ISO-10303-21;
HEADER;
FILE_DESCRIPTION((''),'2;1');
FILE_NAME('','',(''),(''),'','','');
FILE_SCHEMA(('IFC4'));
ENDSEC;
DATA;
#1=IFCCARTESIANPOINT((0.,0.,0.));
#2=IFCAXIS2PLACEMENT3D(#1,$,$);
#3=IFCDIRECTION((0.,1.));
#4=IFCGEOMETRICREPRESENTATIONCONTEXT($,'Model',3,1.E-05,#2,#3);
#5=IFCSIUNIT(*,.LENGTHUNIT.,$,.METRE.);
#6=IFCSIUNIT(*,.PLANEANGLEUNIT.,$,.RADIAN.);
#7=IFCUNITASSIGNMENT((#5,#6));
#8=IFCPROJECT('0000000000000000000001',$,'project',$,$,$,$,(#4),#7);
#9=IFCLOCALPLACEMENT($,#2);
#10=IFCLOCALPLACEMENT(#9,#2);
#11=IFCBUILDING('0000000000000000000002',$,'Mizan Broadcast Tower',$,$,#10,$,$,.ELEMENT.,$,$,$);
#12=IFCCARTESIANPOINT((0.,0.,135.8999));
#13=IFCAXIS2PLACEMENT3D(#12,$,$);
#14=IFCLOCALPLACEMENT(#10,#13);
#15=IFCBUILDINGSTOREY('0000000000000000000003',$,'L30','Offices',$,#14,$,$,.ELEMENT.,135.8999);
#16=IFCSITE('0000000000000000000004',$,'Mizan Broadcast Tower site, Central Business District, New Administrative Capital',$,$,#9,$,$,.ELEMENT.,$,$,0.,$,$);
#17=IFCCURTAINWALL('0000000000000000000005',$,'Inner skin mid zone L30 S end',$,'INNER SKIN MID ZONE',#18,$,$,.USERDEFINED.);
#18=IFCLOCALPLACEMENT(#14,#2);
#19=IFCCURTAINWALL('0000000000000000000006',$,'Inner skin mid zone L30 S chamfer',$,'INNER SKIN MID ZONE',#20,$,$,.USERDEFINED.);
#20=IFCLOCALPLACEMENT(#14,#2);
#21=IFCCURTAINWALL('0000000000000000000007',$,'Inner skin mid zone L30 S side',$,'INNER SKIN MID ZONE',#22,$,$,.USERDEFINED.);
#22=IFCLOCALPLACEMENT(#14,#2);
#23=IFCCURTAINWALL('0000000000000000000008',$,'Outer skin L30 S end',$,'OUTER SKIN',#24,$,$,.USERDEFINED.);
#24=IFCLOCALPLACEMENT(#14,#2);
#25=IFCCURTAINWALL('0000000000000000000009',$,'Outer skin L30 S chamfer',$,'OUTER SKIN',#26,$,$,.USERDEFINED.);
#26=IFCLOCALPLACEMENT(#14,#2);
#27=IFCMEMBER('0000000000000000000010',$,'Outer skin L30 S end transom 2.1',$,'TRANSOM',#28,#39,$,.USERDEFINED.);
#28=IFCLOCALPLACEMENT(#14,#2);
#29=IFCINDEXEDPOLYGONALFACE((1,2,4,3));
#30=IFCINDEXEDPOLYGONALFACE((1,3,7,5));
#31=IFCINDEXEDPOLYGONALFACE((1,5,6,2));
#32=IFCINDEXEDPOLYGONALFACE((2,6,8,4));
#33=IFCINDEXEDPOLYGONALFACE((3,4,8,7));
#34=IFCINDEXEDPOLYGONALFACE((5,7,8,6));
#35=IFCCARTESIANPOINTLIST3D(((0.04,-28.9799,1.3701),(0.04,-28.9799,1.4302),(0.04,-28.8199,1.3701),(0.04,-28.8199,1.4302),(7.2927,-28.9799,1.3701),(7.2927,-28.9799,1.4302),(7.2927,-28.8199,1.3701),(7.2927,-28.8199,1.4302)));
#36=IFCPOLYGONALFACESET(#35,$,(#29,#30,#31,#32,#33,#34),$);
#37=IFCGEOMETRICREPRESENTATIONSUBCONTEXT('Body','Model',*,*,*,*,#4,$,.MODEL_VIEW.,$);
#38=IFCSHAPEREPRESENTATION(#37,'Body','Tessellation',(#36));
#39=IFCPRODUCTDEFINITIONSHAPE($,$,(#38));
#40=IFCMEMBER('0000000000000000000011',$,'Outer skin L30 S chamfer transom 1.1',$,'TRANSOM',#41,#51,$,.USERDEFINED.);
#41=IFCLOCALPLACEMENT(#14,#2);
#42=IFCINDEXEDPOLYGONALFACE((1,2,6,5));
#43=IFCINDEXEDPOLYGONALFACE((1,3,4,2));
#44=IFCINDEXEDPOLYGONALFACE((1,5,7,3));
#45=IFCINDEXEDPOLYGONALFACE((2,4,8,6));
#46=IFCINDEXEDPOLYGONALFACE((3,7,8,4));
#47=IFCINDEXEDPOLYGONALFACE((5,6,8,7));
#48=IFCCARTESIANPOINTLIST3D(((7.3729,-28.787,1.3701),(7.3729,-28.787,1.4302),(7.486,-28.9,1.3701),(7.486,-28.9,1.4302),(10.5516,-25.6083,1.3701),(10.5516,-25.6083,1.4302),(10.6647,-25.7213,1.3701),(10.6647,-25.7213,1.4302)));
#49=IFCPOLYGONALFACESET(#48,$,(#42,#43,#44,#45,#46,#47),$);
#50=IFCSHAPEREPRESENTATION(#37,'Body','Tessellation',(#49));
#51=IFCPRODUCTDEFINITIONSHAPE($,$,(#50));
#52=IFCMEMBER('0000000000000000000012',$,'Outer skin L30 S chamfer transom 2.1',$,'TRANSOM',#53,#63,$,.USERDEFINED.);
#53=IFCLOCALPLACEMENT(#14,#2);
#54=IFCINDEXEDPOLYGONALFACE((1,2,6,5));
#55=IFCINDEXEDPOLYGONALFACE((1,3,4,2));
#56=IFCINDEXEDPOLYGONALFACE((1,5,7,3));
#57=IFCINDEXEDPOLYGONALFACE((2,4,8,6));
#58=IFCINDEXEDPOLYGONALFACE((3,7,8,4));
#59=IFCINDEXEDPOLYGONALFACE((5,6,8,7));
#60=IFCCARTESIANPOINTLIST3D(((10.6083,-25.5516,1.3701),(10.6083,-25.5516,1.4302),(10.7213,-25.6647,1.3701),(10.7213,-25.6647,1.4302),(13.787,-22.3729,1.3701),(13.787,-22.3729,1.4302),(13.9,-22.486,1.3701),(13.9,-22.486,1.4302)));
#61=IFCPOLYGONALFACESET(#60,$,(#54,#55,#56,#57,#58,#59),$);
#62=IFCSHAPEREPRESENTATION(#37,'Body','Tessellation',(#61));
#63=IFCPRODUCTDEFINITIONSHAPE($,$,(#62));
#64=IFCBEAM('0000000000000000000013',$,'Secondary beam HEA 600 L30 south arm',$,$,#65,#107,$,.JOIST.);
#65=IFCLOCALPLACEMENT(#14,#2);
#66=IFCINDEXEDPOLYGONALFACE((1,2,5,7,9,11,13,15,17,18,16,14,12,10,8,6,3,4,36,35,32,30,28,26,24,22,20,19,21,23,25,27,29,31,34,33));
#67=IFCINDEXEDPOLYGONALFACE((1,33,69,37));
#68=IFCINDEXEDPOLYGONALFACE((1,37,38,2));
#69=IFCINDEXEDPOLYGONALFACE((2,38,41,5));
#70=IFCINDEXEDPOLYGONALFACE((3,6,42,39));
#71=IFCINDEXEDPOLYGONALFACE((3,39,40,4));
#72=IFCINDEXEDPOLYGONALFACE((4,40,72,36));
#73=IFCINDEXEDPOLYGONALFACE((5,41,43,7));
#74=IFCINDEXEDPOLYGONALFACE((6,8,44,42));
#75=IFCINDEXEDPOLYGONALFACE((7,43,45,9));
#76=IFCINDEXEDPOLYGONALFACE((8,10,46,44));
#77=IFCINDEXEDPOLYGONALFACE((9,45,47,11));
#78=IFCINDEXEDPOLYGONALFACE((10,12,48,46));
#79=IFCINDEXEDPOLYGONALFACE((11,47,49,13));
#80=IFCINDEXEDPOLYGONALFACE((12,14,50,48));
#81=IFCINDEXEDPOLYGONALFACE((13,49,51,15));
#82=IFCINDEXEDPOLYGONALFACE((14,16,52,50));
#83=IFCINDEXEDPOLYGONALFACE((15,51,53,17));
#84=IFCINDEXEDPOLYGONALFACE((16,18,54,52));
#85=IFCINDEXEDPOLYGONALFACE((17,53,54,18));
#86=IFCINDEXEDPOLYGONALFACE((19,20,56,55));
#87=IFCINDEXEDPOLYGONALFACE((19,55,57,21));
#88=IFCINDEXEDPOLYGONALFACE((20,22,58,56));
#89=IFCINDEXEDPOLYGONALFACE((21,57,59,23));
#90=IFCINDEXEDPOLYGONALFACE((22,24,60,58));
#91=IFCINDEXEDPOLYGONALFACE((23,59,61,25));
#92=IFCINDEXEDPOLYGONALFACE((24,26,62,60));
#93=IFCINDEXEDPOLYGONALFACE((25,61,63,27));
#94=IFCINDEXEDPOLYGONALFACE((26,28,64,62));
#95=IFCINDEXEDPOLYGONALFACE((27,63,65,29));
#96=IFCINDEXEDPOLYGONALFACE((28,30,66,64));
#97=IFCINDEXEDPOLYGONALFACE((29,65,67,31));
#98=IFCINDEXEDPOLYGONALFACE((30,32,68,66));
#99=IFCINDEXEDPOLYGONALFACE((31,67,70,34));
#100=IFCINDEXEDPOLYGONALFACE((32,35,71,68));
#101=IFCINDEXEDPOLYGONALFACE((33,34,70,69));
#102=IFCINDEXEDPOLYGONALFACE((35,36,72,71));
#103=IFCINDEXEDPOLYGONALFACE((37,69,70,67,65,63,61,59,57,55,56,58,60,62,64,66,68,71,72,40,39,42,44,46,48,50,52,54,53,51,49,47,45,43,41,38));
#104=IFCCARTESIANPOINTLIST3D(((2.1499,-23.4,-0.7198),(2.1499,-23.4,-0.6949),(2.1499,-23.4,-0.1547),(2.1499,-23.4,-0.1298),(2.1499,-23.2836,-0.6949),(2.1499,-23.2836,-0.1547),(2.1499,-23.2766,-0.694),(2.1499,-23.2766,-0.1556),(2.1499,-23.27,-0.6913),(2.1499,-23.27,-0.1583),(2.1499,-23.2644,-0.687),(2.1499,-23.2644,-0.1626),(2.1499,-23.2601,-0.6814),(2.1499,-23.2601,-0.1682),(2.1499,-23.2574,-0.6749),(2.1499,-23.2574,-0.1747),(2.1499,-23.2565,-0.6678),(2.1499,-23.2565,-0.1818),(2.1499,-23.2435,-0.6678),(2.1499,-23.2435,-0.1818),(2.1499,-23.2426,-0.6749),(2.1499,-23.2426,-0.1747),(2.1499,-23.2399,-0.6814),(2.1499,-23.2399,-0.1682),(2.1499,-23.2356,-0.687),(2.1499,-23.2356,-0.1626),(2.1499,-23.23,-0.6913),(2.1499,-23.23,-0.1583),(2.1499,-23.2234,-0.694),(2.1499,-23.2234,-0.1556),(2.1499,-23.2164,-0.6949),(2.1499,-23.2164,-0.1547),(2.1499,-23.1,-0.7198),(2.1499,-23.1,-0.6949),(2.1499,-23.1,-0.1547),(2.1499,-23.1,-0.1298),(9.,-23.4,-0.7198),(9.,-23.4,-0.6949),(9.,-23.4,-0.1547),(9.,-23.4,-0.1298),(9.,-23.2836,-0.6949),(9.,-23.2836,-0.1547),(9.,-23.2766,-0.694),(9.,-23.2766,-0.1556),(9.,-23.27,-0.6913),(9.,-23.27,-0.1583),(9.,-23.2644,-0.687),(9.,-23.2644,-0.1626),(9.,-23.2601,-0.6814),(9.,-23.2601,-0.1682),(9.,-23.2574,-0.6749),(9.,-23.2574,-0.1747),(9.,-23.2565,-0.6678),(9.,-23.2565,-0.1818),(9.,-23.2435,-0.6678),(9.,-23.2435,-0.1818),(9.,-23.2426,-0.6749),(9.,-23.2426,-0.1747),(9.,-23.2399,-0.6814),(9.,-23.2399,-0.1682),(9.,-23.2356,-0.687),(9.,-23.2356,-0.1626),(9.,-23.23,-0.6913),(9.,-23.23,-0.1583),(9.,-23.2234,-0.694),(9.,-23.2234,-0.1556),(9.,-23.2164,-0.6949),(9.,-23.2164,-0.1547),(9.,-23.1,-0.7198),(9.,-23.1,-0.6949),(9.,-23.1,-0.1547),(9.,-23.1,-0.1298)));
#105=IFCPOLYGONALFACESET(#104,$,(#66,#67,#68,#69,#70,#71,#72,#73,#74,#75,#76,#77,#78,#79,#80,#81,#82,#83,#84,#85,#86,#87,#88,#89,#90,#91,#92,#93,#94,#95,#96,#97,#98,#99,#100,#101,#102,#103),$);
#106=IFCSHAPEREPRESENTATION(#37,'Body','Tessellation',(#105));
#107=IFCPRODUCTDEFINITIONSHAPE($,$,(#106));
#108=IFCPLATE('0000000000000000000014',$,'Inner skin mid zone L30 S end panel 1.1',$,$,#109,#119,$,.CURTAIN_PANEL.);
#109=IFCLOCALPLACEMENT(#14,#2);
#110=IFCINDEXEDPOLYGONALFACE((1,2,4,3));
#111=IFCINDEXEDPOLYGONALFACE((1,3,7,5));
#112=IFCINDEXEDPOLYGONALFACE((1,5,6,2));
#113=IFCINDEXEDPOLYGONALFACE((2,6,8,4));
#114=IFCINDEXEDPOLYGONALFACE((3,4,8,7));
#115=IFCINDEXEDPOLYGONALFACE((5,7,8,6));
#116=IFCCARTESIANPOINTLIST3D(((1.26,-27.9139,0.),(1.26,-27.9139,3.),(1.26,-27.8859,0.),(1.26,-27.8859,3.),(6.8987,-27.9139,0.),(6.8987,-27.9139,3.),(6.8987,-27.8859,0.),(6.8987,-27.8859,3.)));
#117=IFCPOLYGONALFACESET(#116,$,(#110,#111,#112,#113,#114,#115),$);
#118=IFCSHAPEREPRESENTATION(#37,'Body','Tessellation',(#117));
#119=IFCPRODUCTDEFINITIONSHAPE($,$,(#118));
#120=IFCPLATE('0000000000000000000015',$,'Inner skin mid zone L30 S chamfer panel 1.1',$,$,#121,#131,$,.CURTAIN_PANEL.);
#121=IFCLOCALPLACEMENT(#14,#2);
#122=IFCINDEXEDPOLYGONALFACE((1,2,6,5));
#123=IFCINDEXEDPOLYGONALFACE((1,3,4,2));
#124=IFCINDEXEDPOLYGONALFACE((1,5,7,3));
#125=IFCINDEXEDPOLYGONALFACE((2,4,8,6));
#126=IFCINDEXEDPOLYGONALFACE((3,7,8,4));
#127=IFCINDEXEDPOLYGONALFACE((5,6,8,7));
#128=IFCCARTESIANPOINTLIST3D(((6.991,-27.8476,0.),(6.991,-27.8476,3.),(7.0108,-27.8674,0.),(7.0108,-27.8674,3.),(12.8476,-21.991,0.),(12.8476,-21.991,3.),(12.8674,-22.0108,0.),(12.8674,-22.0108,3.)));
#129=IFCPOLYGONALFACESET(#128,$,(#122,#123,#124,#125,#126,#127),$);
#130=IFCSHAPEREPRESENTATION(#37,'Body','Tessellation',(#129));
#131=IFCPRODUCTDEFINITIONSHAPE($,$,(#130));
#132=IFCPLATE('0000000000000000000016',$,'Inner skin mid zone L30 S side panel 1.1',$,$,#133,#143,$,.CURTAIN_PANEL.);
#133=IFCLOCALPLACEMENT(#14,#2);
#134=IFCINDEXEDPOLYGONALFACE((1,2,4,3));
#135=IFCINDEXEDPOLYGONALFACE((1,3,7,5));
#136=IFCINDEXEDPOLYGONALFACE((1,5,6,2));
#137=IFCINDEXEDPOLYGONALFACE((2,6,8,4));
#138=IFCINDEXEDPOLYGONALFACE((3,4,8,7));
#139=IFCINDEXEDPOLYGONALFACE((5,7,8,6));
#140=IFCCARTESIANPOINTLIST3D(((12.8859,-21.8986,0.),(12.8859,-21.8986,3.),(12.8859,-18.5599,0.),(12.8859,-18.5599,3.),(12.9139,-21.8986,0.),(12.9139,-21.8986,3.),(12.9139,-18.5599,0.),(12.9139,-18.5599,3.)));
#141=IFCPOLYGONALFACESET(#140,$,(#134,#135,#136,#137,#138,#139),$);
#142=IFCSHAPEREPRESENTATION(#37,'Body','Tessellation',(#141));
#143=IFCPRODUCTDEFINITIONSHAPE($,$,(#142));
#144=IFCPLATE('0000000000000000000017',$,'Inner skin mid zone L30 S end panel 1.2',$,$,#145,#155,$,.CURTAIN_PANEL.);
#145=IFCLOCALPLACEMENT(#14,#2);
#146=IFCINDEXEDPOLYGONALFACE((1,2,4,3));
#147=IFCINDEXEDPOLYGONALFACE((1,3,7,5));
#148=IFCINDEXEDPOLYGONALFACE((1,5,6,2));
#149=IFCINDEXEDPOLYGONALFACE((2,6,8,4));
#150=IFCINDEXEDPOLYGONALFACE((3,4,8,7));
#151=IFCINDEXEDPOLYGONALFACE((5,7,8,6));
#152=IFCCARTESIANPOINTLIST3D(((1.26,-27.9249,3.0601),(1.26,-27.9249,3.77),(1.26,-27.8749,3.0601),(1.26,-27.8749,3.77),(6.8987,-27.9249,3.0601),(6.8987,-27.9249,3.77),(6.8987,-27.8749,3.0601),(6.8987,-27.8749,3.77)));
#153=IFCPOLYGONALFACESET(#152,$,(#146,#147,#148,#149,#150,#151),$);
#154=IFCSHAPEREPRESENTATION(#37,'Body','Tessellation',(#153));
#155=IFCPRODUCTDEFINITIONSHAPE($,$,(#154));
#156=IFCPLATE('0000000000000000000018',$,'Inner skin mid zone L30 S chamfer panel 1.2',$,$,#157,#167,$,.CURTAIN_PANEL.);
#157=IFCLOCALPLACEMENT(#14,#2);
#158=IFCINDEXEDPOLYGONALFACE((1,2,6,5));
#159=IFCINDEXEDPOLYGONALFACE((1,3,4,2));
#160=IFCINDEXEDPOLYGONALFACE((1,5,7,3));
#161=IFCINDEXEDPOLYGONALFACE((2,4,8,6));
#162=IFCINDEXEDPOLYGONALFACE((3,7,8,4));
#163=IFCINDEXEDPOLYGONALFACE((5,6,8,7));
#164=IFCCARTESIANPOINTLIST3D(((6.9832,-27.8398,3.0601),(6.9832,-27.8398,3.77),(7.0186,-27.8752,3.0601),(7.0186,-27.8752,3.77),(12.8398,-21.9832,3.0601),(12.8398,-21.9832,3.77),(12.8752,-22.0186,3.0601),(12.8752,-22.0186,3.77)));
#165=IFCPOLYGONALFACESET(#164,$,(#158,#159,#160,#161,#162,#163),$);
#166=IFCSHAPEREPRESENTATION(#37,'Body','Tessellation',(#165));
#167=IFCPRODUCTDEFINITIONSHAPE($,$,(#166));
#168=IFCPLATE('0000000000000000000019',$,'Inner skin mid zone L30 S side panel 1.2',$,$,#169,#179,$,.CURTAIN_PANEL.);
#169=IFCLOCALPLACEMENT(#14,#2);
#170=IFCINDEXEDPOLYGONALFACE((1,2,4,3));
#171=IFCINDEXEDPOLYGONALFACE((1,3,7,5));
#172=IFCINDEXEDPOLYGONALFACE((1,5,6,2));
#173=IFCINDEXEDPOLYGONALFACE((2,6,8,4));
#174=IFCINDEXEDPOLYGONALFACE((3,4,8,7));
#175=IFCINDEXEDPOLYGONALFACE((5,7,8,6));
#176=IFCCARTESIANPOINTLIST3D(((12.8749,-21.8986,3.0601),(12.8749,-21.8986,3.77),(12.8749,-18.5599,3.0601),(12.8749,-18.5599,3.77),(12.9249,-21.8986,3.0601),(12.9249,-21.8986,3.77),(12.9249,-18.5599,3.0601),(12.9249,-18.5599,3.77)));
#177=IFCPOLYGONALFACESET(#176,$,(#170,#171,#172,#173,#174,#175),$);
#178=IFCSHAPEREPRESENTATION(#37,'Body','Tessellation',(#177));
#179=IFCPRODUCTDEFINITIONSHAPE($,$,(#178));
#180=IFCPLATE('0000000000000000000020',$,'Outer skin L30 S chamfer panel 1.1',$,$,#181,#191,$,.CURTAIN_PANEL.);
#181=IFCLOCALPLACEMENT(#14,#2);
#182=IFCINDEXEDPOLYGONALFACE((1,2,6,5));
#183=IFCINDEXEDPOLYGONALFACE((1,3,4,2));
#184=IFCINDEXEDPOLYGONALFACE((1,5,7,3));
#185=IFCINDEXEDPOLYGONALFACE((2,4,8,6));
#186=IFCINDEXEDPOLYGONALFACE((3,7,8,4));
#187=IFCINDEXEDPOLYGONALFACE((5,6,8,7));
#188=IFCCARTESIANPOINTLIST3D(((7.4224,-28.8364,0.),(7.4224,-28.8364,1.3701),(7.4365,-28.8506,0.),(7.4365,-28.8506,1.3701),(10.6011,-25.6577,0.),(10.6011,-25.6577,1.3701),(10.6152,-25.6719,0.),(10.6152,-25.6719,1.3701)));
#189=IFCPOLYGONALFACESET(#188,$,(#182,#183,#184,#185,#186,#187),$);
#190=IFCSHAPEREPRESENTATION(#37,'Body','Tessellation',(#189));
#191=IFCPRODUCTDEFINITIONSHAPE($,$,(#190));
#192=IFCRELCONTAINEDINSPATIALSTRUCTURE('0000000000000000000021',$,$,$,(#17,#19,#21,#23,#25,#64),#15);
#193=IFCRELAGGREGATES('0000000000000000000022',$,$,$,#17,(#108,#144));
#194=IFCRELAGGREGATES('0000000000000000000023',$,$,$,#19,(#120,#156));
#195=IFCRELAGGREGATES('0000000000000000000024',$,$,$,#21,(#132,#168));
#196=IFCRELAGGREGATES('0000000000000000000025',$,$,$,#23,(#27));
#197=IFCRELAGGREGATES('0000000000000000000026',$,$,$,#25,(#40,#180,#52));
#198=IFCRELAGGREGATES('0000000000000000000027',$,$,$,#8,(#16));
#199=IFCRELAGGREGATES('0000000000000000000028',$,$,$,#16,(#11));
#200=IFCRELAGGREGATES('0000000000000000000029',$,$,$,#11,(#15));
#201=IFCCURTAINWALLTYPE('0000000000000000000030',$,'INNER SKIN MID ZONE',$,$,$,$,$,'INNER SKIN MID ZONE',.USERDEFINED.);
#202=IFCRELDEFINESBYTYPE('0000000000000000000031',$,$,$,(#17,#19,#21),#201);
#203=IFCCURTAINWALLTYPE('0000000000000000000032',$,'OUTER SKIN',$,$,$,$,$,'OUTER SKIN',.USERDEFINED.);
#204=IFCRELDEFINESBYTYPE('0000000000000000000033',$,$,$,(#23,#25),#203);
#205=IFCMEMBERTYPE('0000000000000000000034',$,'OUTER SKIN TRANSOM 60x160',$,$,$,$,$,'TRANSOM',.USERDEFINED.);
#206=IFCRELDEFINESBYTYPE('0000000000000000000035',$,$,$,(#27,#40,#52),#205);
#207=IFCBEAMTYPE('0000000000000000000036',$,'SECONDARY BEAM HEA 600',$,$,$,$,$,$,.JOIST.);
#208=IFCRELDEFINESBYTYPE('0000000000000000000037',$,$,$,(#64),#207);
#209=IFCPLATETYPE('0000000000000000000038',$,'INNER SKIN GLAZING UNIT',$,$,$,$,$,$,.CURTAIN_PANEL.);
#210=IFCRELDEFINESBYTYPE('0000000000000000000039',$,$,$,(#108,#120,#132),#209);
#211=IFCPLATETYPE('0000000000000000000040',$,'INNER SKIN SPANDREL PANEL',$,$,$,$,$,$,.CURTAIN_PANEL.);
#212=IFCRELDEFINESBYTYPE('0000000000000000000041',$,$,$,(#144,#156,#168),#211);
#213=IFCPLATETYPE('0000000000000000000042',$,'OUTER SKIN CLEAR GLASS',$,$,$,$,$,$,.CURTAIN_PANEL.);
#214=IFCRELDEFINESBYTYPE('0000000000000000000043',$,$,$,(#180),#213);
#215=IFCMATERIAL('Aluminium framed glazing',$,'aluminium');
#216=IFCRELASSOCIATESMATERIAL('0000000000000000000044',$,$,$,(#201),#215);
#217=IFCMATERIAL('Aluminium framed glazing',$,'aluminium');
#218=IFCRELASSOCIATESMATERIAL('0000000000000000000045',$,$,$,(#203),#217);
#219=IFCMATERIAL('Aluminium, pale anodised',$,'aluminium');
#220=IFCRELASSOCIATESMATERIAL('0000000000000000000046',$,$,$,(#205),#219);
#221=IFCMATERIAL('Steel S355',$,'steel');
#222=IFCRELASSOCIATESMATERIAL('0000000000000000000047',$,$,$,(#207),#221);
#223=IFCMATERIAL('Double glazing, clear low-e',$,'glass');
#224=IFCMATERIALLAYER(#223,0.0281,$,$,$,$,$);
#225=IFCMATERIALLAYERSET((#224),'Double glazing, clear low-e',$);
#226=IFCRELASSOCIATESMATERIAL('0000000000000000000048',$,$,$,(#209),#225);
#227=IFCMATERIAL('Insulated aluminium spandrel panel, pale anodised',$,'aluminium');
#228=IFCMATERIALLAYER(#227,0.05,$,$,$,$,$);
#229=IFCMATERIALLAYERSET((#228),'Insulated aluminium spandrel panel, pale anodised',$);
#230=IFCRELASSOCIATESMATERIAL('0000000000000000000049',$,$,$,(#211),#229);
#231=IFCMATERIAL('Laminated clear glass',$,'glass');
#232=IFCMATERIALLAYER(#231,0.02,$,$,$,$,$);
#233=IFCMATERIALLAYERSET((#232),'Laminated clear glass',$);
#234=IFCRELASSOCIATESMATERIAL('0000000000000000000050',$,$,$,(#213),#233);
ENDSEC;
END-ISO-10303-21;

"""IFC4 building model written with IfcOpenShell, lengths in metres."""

from ifc_helpers import new_model, si_unit, direction, frame, origin, origin_2d, place, context, subcontext, project, spatial, rectangle, i_section, extrude, material, layer, layer_set, material_profile, profile_set, type_object, element, aggregate, save


model = new_model("IFC4")

# Units and contexts
model_context = context("Model", 3, precision=1e-05, world=origin(), true_north=direction((0.0, 1.0)))
body_context = subcontext(model_context, "Body", "Model", "MODEL_VIEW")
ifc_project = project(units=[si_unit("LENGTHUNIT", "METRE"), si_unit("PLANEANGLEUNIT", "RADIAN")], contexts=[model_context])

# Site, building, storey
site_placement = place(None, origin())
site = spatial("IfcSite", under=ifc_project, at=site_placement, Name="Mizan Broadcast Tower site, Central Business District, New Administrative Capital", CompositionType="ELEMENT", RefElevation=0.0)
building_placement = place(site_placement, origin())
building = spatial("IfcBuilding", under=site, at=building_placement, Name="Mizan Broadcast Tower", CompositionType="ELEMENT")
storey_placement = place(building_placement, frame((0.0, 0.0, 135.8999)))
storey = spatial("IfcBuildingStorey", under=building, at=storey_placement, Name="L30", Description="Offices", CompositionType="ELEMENT", Elevation=135.8999)

# Curtain wall
ifc_material_1 = material(Name="Aluminium framed glazing", Category="aluminium")
curtain_wall_type_1 = type_object("IfcCurtainWallType", Name="INNER SKIN MID ZONE", ElementType="INNER SKIN MID ZONE", PredefinedType="USERDEFINED", material=ifc_material_1)
curtain_wall_1_placement = place(storey_placement, origin())
curtain_wall_1 = element("IfcCurtainWall", 1, at=curtain_wall_1_placement, inside=storey, type_object=curtain_wall_type_1, Name="Inner skin mid zone L30 S end", ObjectType="INNER SKIN MID ZONE", PredefinedType="USERDEFINED")

# Curtain wall
curtain_wall_2_placement = place(storey_placement, origin())
curtain_wall_2 = element("IfcCurtainWall", 2, at=curtain_wall_2_placement, inside=storey, type_object=curtain_wall_type_1, Name="Inner skin mid zone L30 S chamfer", ObjectType="INNER SKIN MID ZONE", PredefinedType="USERDEFINED")

# Curtain wall
curtain_wall_3_placement = place(storey_placement, origin())
curtain_wall_3 = element("IfcCurtainWall", 3, at=curtain_wall_3_placement, inside=storey, type_object=curtain_wall_type_1, Name="Inner skin mid zone L30 S side", ObjectType="INNER SKIN MID ZONE", PredefinedType="USERDEFINED")

# Curtain wall
ifc_material_2 = material(Name="Aluminium framed glazing", Category="aluminium")
curtain_wall_type_2 = type_object("IfcCurtainWallType", Name="OUTER SKIN", ElementType="OUTER SKIN", PredefinedType="USERDEFINED", material=ifc_material_2)
curtain_wall_4_placement = place(storey_placement, origin())
curtain_wall_4 = element("IfcCurtainWall", 4, at=curtain_wall_4_placement, inside=storey, type_object=curtain_wall_type_2, Name="Outer skin L30 S end", ObjectType="OUTER SKIN", PredefinedType="USERDEFINED")

# Curtain wall
curtain_wall_5_placement = place(storey_placement, origin())
curtain_wall_5 = element("IfcCurtainWall", 5, at=curtain_wall_5_placement, inside=storey, type_object=curtain_wall_type_2, Name="Outer skin L30 S chamfer", ObjectType="OUTER SKIN", PredefinedType="USERDEFINED")

# Members
ifc_material_3 = material(Name="Aluminium, pale anodised", Category="aluminium")
ifc_material_profile_1 = material_profile(ifc_material_3, rectangle(XDim=0.1599, YDim=0.0601, at=origin_2d()), Name="TRANSOM 160x60")
ifc_profile_set_1 = profile_set([ifc_material_profile_1], Name="Aluminium, pale anodised")
member_type_1 = type_object("IfcMemberType", Name="OUTER SKIN TRANSOM 60x160", ElementType="TRANSOM", PredefinedType="USERDEFINED", material=ifc_profile_set_1)
member_1_placement = place(storey_placement, frame((0.04, -28.8999, 1.4001), z_axis=(1.0, 0.0, 0.0), x_axis=(0.0, 1.0, 0.0)))
member_1 = element("IfcMember", 6, at=member_1_placement, type_object=member_type_1, Name="Outer skin L30 S end transom 2.1", ObjectType="TRANSOM", PredefinedType="USERDEFINED", context=body_context, shape_type="SweptSolid", body=[
    extrude(rectangle(XDim=0.1599, YDim=0.0601, at=origin_2d()), origin(), (0.0, 0.0, 1.0), 7.2527),
])
member_2_placement = place(storey_placement, frame((7.4294, -28.8435, 1.4001), z_axis=(0.707107, 0.707107, 0.0), x_axis=(-0.707107, 0.707107, 0.0)))
member_2 = element("IfcMember", 7, at=member_2_placement, type_object=member_type_1, Name="Outer skin L30 S chamfer transom 1.1", ObjectType="TRANSOM", PredefinedType="USERDEFINED", context=body_context, shape_type="SweptSolid", body=[
    extrude(rectangle(XDim=0.1599, YDim=0.0601, at=origin_2d()), origin(), (0.0, 0.0, 1.0), 4.4954),
])
member_3_placement = place(storey_placement, frame((10.6648, -25.6082, 1.4001), z_axis=(0.707107, 0.707107, 0.0), x_axis=(-0.707107, 0.707107, 0.0)))
member_3 = element("IfcMember", 8, at=member_3_placement, type_object=member_type_1, Name="Outer skin L30 S chamfer transom 2.1", ObjectType="TRANSOM", PredefinedType="USERDEFINED", context=body_context, shape_type="SweptSolid", body=[
    extrude(rectangle(XDim=0.1599, YDim=0.0601, at=origin_2d()), origin(), (0.0, 0.0, 1.0), 4.4954),
])

# Beam
ifc_material_4 = material(Name="Steel S355", Category="steel")
ifc_material_profile_2 = material_profile(ifc_material_4, i_section(OverallWidth=0.3, OverallDepth=0.5901, WebThickness=0.0129, FlangeThickness=0.0249, FilletRadius=0.0271, at=origin_2d()), Name="HEA 600")
ifc_profile_set_2 = profile_set([ifc_material_profile_2], Name="Steel S355")
beam_type_1 = type_object("IfcBeamType", Name="SECONDARY BEAM HEA 600", PredefinedType="JOIST", material=ifc_profile_set_2)
beam_1_placement = place(storey_placement, frame((9.0, -23.25, -0.4248), z_axis=(-1.0, 0.0, 0.0), x_axis=(0.0, -1.0, 0.0)))
element("IfcBeam", 9, at=beam_1_placement, inside=storey, type_object=beam_type_1, Name="Secondary beam HEA 600 L30 south arm", PredefinedType="JOIST", context=body_context, shape_type="SweptSolid", body=[
    extrude(i_section(OverallWidth=0.3, OverallDepth=0.5901, WebThickness=0.0129, FlangeThickness=0.0249, FilletRadius=0.0271, at=origin_2d()), origin(), (0.0, 0.0, 1.0), 6.8501),
])

# Plates
ifc_material_5 = material(Name="Double glazing, clear low-e", Category="glass")
ifc_layer_1 = layer(ifc_material_5, 0.0281)
ifc_layer_set_1 = layer_set([ifc_layer_1], Name="Double glazing, clear low-e")
plate_type_1 = type_object("IfcPlateType", Name="INNER SKIN GLAZING UNIT", PredefinedType="CURTAIN_PANEL", material=ifc_layer_set_1)
plate_1_placement = place(storey_placement, frame((4.0793, -27.8999, 0.0), z_axis=(0.0, 0.0, 1.0), x_axis=(1.0, 0.0, 0.0)))
plate_1 = element("IfcPlate", 10, at=plate_1_placement, type_object=plate_type_1, Name="Inner skin mid zone L30 S end panel 1.1", PredefinedType="CURTAIN_PANEL", context=body_context, shape_type="SweptSolid", body=[
    extrude(rectangle(XDim=5.6387, YDim=0.0281, at=origin_2d()), origin(), (0.0, 0.0, 1.0), 3.0),
])
plate_2_placement = place(storey_placement, frame((9.9292, -24.9292, 0.0), z_axis=(0.0, 0.0, 1.0), x_axis=(0.707107, 0.707107, 0.0)))
plate_2 = element("IfcPlate", 11, at=plate_2_placement, type_object=plate_type_1, Name="Inner skin mid zone L30 S chamfer panel 1.1", PredefinedType="CURTAIN_PANEL", context=body_context, shape_type="SweptSolid", body=[
    extrude(rectangle(XDim=8.2825, YDim=0.0281, at=origin_2d()), origin(), (0.0, 0.0, 1.0), 3.0),
])
plate_3_placement = place(storey_placement, frame((12.8999, -20.2292, 0.0), z_axis=(0.0, 0.0, 1.0), x_axis=(0.0, 1.0, 0.0)))
plate_3 = element("IfcPlate", 12, at=plate_3_placement, type_object=plate_type_1, Name="Inner skin mid zone L30 S side panel 1.1", PredefinedType="CURTAIN_PANEL", context=body_context, shape_type="SweptSolid", body=[
    extrude(rectangle(XDim=3.3386, YDim=0.0281, at=origin_2d()), origin(), (0.0, 0.0, 1.0), 3.0),
])
ifc_material_6 = material(Name="Insulated aluminium spandrel panel, pale anodised", Category="aluminium")
ifc_layer_2 = layer(ifc_material_6, 0.05)
ifc_layer_set_2 = layer_set([ifc_layer_2], Name="Insulated aluminium spandrel panel, pale anodised")
plate_type_2 = type_object("IfcPlateType", Name="INNER SKIN SPANDREL PANEL", PredefinedType="CURTAIN_PANEL", material=ifc_layer_set_2)
plate_4_placement = place(storey_placement, frame((4.0793, -27.8999, 3.0601), z_axis=(0.0, 0.0, 1.0), x_axis=(1.0, 0.0, 0.0)))
plate_4 = element("IfcPlate", 13, at=plate_4_placement, type_object=plate_type_2, Name="Inner skin mid zone L30 S end panel 1.2", PredefinedType="CURTAIN_PANEL", context=body_context, shape_type="SweptSolid", body=[
    extrude(rectangle(XDim=5.6387, YDim=0.05, at=origin_2d()), origin(), (0.0, 0.0, 1.0), 0.71),
])
aggregate(curtain_wall_1, [plate_1, plate_4])
plate_5_placement = place(storey_placement, frame((9.9292, -24.9292, 3.0601), z_axis=(0.0, 0.0, 1.0), x_axis=(0.707107, 0.707107, 0.0)))
plate_5 = element("IfcPlate", 14, at=plate_5_placement, type_object=plate_type_2, Name="Inner skin mid zone L30 S chamfer panel 1.2", PredefinedType="CURTAIN_PANEL", context=body_context, shape_type="SweptSolid", body=[
    extrude(rectangle(XDim=8.2825, YDim=0.05, at=origin_2d()), origin(), (0.0, 0.0, 1.0), 0.71),
])
aggregate(curtain_wall_2, [plate_2, plate_5])
plate_6_placement = place(storey_placement, frame((12.8999, -20.2292, 3.0601), z_axis=(0.0, 0.0, 1.0), x_axis=(0.0, 1.0, 0.0)))
plate_6 = element("IfcPlate", 15, at=plate_6_placement, type_object=plate_type_2, Name="Inner skin mid zone L30 S side panel 1.2", PredefinedType="CURTAIN_PANEL", context=body_context, shape_type="SweptSolid", body=[
    extrude(rectangle(XDim=3.3386, YDim=0.05, at=origin_2d()), origin(), (0.0, 0.0, 1.0), 0.71),
])
aggregate(curtain_wall_3, [plate_3, plate_6])
ifc_material_7 = material(Name="Laminated clear glass", Category="glass")
ifc_layer_3 = layer(ifc_material_7, 0.02)
ifc_layer_set_3 = layer_set([ifc_layer_3], Name="Laminated clear glass")
plate_type_3 = type_object("IfcPlateType", Name="OUTER SKIN CLEAR GLASS", PredefinedType="CURTAIN_PANEL", material=ifc_layer_set_3)
plate_7_placement = place(storey_placement, frame((9.0188, -27.2542, 0.0), z_axis=(0.0, 0.0, 1.0), x_axis=(0.707107, 0.707107, 0.0)))
plate_7 = element("IfcPlate", 16, at=plate_7_placement, type_object=plate_type_3, Name="Outer skin L30 S chamfer panel 1.1", PredefinedType="CURTAIN_PANEL", context=body_context, shape_type="SweptSolid", body=[
    extrude(rectangle(XDim=4.4954, YDim=0.02, at=origin_2d()), origin(), (0.0, 0.0, 1.0), 1.3701),
])
aggregate(curtain_wall_4, [member_1])
aggregate(curtain_wall_5, [member_2, plate_7, member_3])

save(model, "model.ifc")
